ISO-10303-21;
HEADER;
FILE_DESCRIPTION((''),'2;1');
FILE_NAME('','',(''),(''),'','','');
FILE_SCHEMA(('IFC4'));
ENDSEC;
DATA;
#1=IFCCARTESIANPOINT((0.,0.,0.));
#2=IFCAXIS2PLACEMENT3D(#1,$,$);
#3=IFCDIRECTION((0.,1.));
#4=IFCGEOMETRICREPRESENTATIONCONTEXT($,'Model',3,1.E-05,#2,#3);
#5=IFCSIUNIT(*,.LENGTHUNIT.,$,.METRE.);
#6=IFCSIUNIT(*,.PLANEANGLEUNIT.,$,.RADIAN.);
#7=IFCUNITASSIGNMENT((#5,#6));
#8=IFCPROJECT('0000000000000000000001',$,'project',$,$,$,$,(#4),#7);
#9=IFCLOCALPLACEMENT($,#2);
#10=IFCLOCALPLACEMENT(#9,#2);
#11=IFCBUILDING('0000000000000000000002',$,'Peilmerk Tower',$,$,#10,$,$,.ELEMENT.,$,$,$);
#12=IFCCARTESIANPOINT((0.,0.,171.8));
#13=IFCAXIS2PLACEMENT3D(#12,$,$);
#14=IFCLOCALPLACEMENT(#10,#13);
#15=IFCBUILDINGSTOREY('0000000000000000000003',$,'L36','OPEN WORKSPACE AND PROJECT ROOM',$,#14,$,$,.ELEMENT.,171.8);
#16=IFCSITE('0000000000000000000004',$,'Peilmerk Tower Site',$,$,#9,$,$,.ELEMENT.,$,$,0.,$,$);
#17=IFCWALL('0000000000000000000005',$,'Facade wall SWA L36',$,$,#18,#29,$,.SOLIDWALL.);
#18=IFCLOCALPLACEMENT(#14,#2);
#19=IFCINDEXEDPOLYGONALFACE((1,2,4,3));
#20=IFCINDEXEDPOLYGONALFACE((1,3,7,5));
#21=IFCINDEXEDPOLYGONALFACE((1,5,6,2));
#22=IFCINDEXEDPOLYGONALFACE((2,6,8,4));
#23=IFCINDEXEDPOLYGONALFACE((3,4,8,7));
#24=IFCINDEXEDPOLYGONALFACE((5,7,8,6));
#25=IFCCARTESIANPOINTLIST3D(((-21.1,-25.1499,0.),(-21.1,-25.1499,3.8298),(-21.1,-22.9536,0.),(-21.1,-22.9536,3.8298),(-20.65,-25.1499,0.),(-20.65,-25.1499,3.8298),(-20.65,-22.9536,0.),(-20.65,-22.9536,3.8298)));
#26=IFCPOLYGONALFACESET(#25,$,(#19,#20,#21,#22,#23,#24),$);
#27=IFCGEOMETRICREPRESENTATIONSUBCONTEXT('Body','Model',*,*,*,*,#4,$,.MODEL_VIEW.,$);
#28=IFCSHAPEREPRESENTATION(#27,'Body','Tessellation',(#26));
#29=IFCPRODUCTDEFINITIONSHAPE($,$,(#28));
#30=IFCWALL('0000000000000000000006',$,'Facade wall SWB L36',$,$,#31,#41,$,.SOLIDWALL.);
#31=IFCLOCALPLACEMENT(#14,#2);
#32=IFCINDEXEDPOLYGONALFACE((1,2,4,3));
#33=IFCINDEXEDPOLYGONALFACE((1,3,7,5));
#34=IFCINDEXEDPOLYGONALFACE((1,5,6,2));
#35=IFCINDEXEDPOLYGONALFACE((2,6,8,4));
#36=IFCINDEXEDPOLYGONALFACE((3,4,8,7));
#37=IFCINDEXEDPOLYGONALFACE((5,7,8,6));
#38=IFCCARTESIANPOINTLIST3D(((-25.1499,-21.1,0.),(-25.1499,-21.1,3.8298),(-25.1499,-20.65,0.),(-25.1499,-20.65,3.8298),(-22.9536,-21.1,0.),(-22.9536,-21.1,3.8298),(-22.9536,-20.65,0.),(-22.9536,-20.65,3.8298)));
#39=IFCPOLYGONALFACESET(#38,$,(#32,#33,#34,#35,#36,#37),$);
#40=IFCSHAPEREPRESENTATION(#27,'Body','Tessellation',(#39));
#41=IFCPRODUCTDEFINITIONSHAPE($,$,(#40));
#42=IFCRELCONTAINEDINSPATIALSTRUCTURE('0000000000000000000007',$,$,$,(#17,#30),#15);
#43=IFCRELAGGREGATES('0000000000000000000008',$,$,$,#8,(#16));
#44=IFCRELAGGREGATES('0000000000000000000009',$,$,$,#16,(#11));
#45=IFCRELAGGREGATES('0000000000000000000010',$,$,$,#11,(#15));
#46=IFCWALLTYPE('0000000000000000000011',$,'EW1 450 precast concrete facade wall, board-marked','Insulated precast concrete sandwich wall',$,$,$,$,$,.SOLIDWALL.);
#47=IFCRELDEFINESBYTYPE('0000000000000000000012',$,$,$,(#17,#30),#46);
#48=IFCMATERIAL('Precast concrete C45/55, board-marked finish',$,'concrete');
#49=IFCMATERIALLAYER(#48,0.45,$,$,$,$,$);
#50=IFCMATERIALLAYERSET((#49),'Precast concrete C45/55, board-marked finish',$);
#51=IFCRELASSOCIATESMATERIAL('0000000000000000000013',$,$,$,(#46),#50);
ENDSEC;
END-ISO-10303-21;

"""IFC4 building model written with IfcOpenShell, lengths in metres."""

from ifc_helpers import new_model, si_unit, direction, frame, frame_2d, origin, place, context, subcontext, project, spatial, rectangle, extrude, material, layer, layer_set, type_object, element, save


model = new_model("IFC4")

# Units and contexts
model_context = context("Model", 3, precision=1e-05, world=origin(), true_north=direction((0.0, 1.0)))
body_context = subcontext(model_context, "Body", "Model", "MODEL_VIEW")
ifc_project = project(units=[si_unit("LENGTHUNIT", "METRE"), si_unit("PLANEANGLEUNIT", "RADIAN")], contexts=[model_context])

# Site, building, storey
site_placement = place(None, origin())
site = spatial("IfcSite", under=ifc_project, at=site_placement, Name="Peilmerk Tower Site", CompositionType="ELEMENT", RefElevation=0.0)
building_placement = place(site_placement, origin())
building = spatial("IfcBuilding", under=site, at=building_placement, Name="Peilmerk Tower", CompositionType="ELEMENT")
storey_placement = place(building_placement, frame((0.0, 0.0, 171.8)))
storey = spatial("IfcBuildingStorey", under=building, at=storey_placement, Name="L36", Description="OPEN WORKSPACE AND PROJECT ROOM", CompositionType="ELEMENT", Elevation=171.8)

# Shared definitions
ifc_material_1 = material(Name="Precast concrete C45/55, board-marked finish", Category="concrete")
ifc_layer_1 = layer(ifc_material_1, 0.45)
ifc_layer_set_1 = layer_set([ifc_layer_1], Name="Precast concrete C45/55, board-marked finish")
wall_type = type_object("IfcWallType", Name="EW1 450 precast concrete facade wall, board-marked", Description="Insulated precast concrete sandwich wall", PredefinedType="SOLIDWALL", material=ifc_layer_set_1)

# Walls
for number, where, z_axis, x_axis, name in (
    (1, (-20.875, -22.9536, 0.0), (0.0, 0.0, 1.0), (0.0, -1.0, 0.0), "Facade wall SWA L36"),
    (2, (-22.9536, -20.875, 0.0), (0.0, 0.0, 1.0), (-1.0, 0.0, 0.0), "Facade wall SWB L36"),
):
    element("IfcWall", number, at=place(storey_placement, frame(where, z_axis=z_axis, x_axis=x_axis)), inside=storey, type_object=wall_type, Name=name, PredefinedType="SOLIDWALL", context=body_context, shape_type="SweptSolid", body=[
        extrude(rectangle(XDim=2.1963, YDim=0.45, at=frame_2d((1.0981, 0.0))), origin(), (0.0, 0.0, 1.0), 3.8298),
    ])

save(model, "model.ifc")
